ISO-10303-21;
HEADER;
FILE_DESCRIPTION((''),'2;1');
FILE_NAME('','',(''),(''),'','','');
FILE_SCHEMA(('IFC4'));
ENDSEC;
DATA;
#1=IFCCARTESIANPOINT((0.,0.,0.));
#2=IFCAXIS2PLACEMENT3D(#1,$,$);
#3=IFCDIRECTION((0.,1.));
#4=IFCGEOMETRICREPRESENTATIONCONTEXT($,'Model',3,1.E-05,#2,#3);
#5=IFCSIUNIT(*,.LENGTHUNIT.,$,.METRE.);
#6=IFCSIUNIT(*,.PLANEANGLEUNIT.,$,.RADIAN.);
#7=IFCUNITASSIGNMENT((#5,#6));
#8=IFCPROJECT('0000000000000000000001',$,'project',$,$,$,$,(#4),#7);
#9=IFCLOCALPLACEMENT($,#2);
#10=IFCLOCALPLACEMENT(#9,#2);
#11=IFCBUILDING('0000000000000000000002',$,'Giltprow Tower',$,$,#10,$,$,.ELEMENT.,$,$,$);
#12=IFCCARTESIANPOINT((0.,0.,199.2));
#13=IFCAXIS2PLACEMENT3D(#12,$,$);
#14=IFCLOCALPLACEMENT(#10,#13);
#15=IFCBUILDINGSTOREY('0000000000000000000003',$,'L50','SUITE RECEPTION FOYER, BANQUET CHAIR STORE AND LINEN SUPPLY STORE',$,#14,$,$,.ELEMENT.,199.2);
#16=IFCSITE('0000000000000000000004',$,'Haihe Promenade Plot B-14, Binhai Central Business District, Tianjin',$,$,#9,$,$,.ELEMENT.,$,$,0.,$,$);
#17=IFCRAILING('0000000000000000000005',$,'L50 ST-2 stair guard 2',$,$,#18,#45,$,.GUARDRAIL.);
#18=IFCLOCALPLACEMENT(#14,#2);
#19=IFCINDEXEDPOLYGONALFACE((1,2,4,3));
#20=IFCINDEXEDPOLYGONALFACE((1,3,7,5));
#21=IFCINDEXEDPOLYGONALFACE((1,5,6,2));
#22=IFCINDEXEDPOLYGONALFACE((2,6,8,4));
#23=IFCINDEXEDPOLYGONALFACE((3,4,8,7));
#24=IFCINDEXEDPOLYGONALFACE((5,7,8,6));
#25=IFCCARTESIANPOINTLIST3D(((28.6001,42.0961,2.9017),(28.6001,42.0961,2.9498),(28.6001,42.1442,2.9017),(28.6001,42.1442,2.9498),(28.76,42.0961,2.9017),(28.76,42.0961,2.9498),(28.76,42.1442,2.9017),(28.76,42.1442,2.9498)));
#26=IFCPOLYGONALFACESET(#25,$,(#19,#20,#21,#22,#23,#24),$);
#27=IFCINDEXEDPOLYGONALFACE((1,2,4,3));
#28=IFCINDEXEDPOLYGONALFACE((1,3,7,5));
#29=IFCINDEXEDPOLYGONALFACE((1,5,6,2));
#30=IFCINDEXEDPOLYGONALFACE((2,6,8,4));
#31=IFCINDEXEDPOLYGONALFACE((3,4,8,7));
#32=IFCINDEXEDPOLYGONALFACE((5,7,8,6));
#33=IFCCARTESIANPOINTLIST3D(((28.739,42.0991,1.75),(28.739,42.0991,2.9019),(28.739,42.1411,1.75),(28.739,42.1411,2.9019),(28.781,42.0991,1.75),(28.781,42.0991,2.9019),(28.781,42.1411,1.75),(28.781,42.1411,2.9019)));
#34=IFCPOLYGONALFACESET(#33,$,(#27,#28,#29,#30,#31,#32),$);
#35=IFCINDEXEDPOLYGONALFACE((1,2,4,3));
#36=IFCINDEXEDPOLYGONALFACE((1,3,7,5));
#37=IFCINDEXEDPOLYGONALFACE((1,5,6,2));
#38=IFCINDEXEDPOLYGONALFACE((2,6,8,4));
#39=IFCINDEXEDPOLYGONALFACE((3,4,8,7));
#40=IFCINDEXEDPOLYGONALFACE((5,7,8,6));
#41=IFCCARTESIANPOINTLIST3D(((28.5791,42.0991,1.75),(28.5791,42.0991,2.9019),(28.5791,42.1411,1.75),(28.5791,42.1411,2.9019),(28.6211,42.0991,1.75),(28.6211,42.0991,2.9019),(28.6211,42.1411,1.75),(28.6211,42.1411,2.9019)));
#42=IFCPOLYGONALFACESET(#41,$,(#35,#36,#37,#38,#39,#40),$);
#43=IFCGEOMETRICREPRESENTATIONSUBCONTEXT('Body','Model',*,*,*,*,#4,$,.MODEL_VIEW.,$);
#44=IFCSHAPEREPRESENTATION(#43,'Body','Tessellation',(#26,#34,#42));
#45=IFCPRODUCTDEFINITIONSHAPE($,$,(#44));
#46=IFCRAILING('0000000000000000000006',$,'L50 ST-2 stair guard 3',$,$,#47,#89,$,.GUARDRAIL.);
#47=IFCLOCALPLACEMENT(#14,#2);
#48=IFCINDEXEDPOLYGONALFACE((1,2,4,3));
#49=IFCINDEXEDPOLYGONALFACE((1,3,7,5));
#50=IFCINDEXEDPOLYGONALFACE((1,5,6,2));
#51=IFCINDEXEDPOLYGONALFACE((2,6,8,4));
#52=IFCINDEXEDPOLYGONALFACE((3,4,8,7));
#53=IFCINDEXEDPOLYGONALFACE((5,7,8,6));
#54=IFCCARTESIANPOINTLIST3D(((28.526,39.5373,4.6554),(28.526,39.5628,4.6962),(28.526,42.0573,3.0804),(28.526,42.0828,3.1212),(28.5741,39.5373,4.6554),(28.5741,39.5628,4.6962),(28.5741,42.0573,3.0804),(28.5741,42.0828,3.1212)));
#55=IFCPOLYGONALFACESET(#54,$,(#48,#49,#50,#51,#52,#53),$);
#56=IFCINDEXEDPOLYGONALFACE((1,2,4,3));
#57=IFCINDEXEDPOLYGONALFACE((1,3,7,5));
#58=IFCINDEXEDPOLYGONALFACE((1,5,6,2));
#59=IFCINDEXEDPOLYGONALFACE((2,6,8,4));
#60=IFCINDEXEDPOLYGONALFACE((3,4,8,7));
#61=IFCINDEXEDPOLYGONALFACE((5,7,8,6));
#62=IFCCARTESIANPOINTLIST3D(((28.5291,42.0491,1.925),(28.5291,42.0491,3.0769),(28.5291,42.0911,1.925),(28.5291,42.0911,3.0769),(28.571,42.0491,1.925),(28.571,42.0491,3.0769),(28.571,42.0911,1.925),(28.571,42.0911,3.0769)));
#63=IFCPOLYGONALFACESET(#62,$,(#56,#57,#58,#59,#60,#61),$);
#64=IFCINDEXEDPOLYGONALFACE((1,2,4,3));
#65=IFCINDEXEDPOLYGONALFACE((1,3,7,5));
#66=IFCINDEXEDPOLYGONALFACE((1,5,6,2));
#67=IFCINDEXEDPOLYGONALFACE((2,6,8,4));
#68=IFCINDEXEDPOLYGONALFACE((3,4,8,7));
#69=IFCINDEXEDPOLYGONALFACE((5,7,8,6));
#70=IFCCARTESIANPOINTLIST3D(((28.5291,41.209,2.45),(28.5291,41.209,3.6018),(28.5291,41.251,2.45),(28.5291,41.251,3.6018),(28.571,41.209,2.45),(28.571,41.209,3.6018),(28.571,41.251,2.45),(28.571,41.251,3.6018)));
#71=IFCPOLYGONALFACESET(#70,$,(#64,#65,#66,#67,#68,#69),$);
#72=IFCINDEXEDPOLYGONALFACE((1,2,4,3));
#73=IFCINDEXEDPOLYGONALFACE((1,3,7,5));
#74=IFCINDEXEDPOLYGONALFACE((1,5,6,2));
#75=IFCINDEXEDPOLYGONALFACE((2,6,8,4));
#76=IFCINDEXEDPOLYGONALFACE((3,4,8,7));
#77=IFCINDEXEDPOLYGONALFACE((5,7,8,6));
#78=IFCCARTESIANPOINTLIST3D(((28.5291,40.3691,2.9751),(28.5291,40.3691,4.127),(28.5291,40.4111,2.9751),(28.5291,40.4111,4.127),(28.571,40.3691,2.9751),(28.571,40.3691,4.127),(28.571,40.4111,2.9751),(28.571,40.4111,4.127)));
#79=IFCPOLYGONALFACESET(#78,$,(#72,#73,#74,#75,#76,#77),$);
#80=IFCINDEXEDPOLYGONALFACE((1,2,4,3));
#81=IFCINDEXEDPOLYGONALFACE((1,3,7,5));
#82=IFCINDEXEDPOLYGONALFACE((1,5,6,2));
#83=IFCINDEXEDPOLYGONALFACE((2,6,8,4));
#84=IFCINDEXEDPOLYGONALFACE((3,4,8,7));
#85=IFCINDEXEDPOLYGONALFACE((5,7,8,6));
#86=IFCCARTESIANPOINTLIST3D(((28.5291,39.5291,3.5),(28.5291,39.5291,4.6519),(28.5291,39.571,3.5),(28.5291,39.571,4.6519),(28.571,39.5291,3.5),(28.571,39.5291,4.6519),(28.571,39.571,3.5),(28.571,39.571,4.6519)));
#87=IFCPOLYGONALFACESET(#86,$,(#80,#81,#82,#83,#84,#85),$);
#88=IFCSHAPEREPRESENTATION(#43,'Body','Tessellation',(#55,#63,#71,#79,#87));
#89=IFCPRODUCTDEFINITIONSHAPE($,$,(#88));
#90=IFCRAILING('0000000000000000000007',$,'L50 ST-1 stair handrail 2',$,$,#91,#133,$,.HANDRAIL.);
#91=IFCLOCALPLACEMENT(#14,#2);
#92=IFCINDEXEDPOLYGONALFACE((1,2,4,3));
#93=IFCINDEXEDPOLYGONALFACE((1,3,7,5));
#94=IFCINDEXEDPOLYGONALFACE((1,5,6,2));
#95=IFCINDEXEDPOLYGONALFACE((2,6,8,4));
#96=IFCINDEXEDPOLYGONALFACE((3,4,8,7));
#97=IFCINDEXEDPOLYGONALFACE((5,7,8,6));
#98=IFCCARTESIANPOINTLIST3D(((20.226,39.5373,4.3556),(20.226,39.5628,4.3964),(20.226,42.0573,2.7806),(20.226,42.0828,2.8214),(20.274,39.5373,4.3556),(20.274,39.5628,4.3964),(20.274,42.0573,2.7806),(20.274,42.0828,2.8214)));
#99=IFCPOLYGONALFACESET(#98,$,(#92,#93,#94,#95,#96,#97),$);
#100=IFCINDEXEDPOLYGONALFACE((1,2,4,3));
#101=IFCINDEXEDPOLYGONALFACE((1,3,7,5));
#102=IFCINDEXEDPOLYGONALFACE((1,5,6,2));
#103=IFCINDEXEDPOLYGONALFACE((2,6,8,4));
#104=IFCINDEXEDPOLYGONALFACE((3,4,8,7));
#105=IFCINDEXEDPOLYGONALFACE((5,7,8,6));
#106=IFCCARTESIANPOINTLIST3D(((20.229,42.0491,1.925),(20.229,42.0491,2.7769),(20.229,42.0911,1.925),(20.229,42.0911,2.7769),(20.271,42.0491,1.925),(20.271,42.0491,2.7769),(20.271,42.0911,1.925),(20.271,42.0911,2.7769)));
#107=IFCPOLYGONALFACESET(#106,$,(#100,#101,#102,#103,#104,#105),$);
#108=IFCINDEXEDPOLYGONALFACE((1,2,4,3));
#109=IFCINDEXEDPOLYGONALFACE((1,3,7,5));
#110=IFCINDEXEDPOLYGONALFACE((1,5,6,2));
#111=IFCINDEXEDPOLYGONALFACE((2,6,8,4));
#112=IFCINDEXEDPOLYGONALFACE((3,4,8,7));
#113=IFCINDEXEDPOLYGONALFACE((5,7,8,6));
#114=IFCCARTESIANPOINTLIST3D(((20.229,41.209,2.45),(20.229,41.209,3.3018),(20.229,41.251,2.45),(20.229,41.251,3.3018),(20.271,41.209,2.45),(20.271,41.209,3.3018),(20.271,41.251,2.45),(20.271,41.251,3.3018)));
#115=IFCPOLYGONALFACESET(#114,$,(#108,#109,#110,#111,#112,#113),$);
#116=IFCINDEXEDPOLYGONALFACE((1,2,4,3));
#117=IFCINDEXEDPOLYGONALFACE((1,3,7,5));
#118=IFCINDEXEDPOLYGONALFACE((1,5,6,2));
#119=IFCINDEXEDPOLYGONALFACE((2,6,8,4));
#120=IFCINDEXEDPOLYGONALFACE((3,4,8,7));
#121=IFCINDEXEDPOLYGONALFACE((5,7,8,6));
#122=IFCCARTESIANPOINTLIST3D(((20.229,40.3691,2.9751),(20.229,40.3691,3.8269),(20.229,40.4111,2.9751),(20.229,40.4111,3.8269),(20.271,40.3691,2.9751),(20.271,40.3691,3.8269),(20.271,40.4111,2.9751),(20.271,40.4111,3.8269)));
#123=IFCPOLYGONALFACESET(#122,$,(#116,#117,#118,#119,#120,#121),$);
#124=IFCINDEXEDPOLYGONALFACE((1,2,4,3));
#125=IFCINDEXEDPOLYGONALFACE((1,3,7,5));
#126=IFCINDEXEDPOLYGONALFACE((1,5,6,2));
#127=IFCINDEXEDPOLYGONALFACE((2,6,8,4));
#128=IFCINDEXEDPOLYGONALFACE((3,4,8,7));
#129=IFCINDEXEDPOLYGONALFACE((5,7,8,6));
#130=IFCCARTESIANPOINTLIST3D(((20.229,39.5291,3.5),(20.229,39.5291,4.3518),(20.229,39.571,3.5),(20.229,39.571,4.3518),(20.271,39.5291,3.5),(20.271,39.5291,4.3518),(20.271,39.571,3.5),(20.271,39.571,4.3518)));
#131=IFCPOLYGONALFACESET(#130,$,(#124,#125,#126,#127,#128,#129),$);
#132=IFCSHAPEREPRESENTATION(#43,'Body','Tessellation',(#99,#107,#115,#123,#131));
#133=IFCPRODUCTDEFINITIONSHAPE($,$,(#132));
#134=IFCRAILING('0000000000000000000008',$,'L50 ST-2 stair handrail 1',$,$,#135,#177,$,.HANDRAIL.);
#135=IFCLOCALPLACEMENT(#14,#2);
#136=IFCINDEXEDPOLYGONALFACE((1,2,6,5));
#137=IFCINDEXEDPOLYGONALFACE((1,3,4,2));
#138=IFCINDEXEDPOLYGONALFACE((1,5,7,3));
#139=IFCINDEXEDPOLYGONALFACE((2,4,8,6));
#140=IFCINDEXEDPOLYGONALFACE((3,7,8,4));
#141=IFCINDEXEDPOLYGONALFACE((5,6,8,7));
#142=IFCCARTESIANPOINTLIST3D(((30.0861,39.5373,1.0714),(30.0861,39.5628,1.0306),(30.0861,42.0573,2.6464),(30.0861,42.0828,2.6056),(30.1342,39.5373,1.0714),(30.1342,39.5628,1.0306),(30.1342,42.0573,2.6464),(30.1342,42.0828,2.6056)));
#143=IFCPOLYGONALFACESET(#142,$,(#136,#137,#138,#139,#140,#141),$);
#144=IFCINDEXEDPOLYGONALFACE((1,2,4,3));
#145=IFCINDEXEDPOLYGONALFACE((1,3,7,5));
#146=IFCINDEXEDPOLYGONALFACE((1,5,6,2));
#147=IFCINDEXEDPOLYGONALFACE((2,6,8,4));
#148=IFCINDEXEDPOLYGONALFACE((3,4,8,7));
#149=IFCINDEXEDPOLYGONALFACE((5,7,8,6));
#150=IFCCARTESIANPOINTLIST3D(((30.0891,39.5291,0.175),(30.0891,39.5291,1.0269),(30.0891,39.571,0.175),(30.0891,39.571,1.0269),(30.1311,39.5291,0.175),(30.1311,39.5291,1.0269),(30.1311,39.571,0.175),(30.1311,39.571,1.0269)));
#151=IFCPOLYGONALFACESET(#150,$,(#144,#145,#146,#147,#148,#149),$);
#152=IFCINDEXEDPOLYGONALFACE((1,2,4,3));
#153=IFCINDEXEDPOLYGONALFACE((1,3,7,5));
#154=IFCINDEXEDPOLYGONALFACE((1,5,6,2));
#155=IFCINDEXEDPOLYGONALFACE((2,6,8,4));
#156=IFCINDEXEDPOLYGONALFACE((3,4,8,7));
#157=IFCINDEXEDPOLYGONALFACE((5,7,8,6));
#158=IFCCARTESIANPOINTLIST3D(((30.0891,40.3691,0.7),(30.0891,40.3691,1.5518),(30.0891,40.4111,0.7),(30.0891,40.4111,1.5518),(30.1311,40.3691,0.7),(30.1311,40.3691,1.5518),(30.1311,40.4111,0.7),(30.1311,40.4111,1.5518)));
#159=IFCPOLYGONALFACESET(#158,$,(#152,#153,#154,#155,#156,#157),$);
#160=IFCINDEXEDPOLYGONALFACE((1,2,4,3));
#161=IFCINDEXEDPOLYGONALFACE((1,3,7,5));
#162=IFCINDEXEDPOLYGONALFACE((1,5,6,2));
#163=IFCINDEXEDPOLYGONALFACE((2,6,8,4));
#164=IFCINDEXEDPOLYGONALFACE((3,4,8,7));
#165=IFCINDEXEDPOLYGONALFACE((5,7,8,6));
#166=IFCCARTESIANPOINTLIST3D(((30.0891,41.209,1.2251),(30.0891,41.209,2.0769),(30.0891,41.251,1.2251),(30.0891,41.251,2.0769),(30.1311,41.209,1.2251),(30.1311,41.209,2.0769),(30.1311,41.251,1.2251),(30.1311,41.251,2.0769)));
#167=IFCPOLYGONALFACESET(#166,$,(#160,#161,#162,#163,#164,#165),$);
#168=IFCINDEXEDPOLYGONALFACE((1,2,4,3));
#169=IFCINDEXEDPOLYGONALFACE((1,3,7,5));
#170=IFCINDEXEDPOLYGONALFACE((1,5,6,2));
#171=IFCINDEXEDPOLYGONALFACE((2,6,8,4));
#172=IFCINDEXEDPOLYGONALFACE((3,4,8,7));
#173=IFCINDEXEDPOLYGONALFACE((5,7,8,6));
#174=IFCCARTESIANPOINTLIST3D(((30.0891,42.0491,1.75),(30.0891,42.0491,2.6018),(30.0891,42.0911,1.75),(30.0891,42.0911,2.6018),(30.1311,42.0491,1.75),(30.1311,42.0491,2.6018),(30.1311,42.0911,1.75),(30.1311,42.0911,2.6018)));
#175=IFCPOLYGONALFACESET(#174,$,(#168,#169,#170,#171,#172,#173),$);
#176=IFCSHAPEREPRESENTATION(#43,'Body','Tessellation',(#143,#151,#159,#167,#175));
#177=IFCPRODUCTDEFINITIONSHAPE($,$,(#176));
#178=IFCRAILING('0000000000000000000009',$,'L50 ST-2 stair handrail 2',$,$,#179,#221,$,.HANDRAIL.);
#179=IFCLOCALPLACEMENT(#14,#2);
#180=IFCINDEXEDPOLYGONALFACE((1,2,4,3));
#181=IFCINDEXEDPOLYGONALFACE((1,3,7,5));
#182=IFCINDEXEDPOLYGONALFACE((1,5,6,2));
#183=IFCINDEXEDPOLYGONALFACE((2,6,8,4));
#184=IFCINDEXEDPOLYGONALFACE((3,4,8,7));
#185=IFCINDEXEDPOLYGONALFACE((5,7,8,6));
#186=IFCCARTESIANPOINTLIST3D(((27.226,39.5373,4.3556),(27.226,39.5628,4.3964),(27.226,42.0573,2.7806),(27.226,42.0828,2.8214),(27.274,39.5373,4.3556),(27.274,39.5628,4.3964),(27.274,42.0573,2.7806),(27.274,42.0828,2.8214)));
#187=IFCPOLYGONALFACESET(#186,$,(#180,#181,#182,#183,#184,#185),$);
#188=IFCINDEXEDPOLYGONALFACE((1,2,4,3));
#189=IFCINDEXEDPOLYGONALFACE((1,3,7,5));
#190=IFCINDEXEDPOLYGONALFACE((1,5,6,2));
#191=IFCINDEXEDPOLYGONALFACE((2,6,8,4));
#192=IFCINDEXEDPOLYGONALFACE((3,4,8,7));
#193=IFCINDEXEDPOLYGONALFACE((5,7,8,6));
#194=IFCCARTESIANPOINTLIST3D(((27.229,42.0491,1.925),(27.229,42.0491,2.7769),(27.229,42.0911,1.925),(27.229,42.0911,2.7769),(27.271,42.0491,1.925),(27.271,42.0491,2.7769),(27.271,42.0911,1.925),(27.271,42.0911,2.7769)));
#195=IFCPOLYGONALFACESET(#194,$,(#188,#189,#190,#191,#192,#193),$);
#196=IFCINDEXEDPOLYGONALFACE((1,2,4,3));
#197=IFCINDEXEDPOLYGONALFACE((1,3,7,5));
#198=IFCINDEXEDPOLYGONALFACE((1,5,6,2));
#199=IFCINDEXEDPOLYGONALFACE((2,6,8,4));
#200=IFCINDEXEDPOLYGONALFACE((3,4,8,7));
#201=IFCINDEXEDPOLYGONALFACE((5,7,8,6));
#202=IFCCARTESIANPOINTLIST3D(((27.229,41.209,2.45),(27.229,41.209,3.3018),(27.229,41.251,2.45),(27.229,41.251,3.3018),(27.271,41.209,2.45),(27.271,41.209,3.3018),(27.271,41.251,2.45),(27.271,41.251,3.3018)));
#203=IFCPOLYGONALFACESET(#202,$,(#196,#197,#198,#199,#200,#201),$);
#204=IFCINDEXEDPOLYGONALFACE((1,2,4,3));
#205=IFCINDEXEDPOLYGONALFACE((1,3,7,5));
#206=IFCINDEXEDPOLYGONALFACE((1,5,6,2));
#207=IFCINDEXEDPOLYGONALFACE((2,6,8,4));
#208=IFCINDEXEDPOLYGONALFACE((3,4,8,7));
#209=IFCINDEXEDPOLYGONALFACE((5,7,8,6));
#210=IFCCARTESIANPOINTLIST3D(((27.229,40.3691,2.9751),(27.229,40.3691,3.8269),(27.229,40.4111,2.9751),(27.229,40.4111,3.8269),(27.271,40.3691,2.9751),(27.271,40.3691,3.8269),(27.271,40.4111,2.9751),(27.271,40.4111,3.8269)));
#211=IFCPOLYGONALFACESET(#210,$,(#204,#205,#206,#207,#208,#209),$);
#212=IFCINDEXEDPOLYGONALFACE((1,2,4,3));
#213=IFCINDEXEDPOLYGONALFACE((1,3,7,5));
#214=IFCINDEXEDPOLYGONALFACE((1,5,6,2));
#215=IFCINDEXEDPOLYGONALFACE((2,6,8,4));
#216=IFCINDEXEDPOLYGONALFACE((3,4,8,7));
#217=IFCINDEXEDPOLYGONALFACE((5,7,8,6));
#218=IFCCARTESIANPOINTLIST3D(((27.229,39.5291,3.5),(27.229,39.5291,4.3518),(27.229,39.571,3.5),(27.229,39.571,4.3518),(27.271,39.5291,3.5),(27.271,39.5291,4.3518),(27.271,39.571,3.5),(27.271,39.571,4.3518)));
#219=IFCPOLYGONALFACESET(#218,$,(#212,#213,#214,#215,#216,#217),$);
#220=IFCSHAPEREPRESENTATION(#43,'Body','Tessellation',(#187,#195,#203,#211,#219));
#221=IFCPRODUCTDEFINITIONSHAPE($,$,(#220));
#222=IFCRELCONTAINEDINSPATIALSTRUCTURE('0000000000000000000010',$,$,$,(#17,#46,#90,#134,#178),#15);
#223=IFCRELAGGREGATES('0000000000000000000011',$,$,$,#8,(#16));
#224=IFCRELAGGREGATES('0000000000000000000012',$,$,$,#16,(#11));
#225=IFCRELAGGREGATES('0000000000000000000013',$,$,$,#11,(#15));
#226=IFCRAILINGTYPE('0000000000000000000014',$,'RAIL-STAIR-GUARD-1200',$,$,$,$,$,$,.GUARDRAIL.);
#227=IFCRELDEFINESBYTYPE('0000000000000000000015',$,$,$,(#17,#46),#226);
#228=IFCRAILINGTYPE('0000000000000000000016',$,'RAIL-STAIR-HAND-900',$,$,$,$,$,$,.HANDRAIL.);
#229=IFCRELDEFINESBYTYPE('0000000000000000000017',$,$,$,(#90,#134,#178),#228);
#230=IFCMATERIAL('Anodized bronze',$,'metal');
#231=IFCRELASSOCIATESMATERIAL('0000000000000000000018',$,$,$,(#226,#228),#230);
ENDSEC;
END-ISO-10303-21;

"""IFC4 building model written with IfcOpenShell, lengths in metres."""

from ifc_helpers import new_model, si_unit, direction, frame, origin, origin_2d, place, context, subcontext, project, spatial, rectangle, extrude, material, type_object, element, save


model = new_model("IFC4")

# Units and contexts
model_context = context("Model", 3, precision=1e-05, world=origin(), true_north=direction((0.0, 1.0)))
body_context = subcontext(model_context, "Body", "Model", "MODEL_VIEW")
ifc_project = project(units=[si_unit("LENGTHUNIT", "METRE"), si_unit("PLANEANGLEUNIT", "RADIAN")], contexts=[model_context])

# Site, building, storey
site_placement = place(None, origin())
site = spatial("IfcSite", under=ifc_project, at=site_placement, Name="Haihe Promenade Plot B-14, Binhai Central Business District, Tianjin", CompositionType="ELEMENT", RefElevation=0.0)
building_placement = place(site_placement, origin())
building = spatial("IfcBuilding", under=site, at=building_placement, Name="Giltprow Tower", CompositionType="ELEMENT")
storey_placement = place(building_placement, frame((0.0, 0.0, 199.2)))
storey = spatial("IfcBuildingStorey", under=building, at=storey_placement, Name="L50", Description="SUITE RECEPTION FOYER, BANQUET CHAIR STORE AND LINEN SUPPLY STORE", CompositionType="ELEMENT", Elevation=199.2)

# Railings
ifc_material_1 = material(Name="Anodized bronze", Category="metal")
railing_type_1 = type_object("IfcRailingType", Name="RAIL-STAIR-GUARD-1200", PredefinedType="GUARDRAIL", material=ifc_material_1)
railing_1_placement = place(storey_placement, frame((28.76, 42.1201, 1.75)))
element("IfcRailing", 1, at=railing_1_placement, inside=storey, type_object=railing_type_1, Name="L50 ST-2 stair guard 2", PredefinedType="GUARDRAIL", context=body_context, shape_type="SweptSolid", body=[
    extrude(rectangle(XDim=0.0481, YDim=0.0481, at=origin_2d()), frame((0.0, 0.0, 1.1758), z_axis=(-1.0, 0.0, 0.0), x_axis=(0.0, -1.0, 0.0)), (0.0, 0.0, 1.0), 0.1599),
    extrude(rectangle(XDim=0.042, YDim=0.042, at=origin_2d()), origin(), (0.0, 0.0, 1.0), 1.1519),
    extrude(rectangle(XDim=0.042, YDim=0.042, at=origin_2d()), frame((-0.1599, 0.0, 0.0)), (0.0, 0.0, 1.0), 1.1519),
])
railing_2_placement = place(storey_placement, frame((28.55, 42.0701, 1.925)))
element("IfcRailing", 2, at=railing_2_placement, inside=storey, type_object=railing_type_1, Name="L50 ST-2 stair guard 3", PredefinedType="GUARDRAIL", context=body_context, shape_type="SweptSolid", body=[
    extrude(rectangle(XDim=0.0481, YDim=0.0481, at=origin_2d()), frame((0.0, 0.0, 1.1758), z_axis=(0.0, -0.848008, 0.529984), x_axis=(1.0, 0.0, 0.0)), (0.0, 0.0, 1.0), 2.9717),
    extrude(rectangle(XDim=0.042, YDim=0.042, at=origin_2d()), origin(), (0.0, 0.0, 1.0), 1.1519),
    extrude(rectangle(XDim=0.042, YDim=0.042, at=origin_2d()), frame((0.0, -0.8401, 0.5249)), (0.0, 0.0, 1.0), 1.1519),
    extrude(rectangle(XDim=0.042, YDim=0.042, at=origin_2d()), frame((0.0, -1.6799, 1.05)), (0.0, 0.0, 1.0), 1.1519),
    extrude(rectangle(XDim=0.042, YDim=0.042, at=origin_2d()), frame((0.0, -2.52, 1.575)), (0.0, 0.0, 1.0), 1.1519),
])
railing_type_2 = type_object("IfcRailingType", Name="RAIL-STAIR-HAND-900", PredefinedType="HANDRAIL", material=ifc_material_1)
railing_3_placement = place(storey_placement, frame((20.25, 42.0701, 1.925)))
element("IfcRailing", 3, at=railing_3_placement, inside=storey, type_object=railing_type_2, Name="L50 ST-1 stair handrail 2", PredefinedType="HANDRAIL", context=body_context, shape_type="SweptSolid", body=[
    extrude(rectangle(XDim=0.0481, YDim=0.0481, at=origin_2d()), frame((0.0, 0.0, 0.876), z_axis=(0.0, -0.848008, 0.529984), x_axis=(1.0, 0.0, 0.0)), (0.0, 0.0, 1.0), 2.9717),
    extrude(rectangle(XDim=0.042, YDim=0.042, at=origin_2d()), origin(), (0.0, 0.0, 1.0), 0.8518),
    extrude(rectangle(XDim=0.042, YDim=0.042, at=origin_2d()), frame((0.0, -0.8401, 0.5249)), (0.0, 0.0, 1.0), 0.8518),
    extrude(rectangle(XDim=0.042, YDim=0.042, at=origin_2d()), frame((0.0, -1.6799, 1.05)), (0.0, 0.0, 1.0), 0.8518),
    extrude(rectangle(XDim=0.042, YDim=0.042, at=origin_2d()), frame((0.0, -2.52, 1.575)), (0.0, 0.0, 1.0), 0.8518),
])
railing_4_placement = place(storey_placement, frame((30.1101, 39.55, 0.175)))
element("IfcRailing", 4, at=railing_4_placement, inside=storey, type_object=railing_type_2, Name="L50 ST-2 stair handrail 1", PredefinedType="HANDRAIL", context=body_context, shape_type="SweptSolid", body=[
    extrude(rectangle(XDim=0.0481, YDim=0.0481, at=origin_2d()), frame((0.0, 0.0, 0.876), z_axis=(0.0, 0.848008, 0.529984), x_axis=(-1.0, 0.0, 0.0)), (0.0, 0.0, 1.0), 2.9717),
    extrude(rectangle(XDim=0.042, YDim=0.042, at=origin_2d()), origin(), (0.0, 0.0, 1.0), 0.8518),
    extrude(rectangle(XDim=0.042, YDim=0.042, at=origin_2d()), frame((0.0, 0.8401, 0.5249)), (0.0, 0.0, 1.0), 0.8518),
    extrude(rectangle(XDim=0.042, YDim=0.042, at=origin_2d()), frame((0.0, 1.6799, 1.05)), (0.0, 0.0, 1.0), 0.8518),
    extrude(rectangle(XDim=0.042, YDim=0.042, at=origin_2d()), frame((0.0, 2.52, 1.575)), (0.0, 0.0, 1.0), 0.8518),
])
railing_5_placement = place(storey_placement, frame((27.25, 42.0701, 1.925)))
element("IfcRailing", 5, at=railing_5_placement, inside=storey, type_object=railing_type_2, Name="L50 ST-2 stair handrail 2", PredefinedType="HANDRAIL", context=body_context, shape_type="SweptSolid", body=[
    extrude(rectangle(XDim=0.0481, YDim=0.0481, at=origin_2d()), frame((0.0, 0.0, 0.876), z_axis=(0.0, -0.848008, 0.529984), x_axis=(1.0, 0.0, 0.0)), (0.0, 0.0, 1.0), 2.9717),
    extrude(rectangle(XDim=0.042, YDim=0.042, at=origin_2d()), origin(), (0.0, 0.0, 1.0), 0.8518),
    extrude(rectangle(XDim=0.042, YDim=0.042, at=origin_2d()), frame((0.0, -0.8401, 0.5249)), (0.0, 0.0, 1.0), 0.8518),
    extrude(rectangle(XDim=0.042, YDim=0.042, at=origin_2d()), frame((0.0, -1.6799, 1.05)), (0.0, 0.0, 1.0), 0.8518),
    extrude(rectangle(XDim=0.042, YDim=0.042, at=origin_2d()), frame((0.0, -2.52, 1.575)), (0.0, 0.0, 1.0), 0.8518),
])

save(model, "model.ifc")
